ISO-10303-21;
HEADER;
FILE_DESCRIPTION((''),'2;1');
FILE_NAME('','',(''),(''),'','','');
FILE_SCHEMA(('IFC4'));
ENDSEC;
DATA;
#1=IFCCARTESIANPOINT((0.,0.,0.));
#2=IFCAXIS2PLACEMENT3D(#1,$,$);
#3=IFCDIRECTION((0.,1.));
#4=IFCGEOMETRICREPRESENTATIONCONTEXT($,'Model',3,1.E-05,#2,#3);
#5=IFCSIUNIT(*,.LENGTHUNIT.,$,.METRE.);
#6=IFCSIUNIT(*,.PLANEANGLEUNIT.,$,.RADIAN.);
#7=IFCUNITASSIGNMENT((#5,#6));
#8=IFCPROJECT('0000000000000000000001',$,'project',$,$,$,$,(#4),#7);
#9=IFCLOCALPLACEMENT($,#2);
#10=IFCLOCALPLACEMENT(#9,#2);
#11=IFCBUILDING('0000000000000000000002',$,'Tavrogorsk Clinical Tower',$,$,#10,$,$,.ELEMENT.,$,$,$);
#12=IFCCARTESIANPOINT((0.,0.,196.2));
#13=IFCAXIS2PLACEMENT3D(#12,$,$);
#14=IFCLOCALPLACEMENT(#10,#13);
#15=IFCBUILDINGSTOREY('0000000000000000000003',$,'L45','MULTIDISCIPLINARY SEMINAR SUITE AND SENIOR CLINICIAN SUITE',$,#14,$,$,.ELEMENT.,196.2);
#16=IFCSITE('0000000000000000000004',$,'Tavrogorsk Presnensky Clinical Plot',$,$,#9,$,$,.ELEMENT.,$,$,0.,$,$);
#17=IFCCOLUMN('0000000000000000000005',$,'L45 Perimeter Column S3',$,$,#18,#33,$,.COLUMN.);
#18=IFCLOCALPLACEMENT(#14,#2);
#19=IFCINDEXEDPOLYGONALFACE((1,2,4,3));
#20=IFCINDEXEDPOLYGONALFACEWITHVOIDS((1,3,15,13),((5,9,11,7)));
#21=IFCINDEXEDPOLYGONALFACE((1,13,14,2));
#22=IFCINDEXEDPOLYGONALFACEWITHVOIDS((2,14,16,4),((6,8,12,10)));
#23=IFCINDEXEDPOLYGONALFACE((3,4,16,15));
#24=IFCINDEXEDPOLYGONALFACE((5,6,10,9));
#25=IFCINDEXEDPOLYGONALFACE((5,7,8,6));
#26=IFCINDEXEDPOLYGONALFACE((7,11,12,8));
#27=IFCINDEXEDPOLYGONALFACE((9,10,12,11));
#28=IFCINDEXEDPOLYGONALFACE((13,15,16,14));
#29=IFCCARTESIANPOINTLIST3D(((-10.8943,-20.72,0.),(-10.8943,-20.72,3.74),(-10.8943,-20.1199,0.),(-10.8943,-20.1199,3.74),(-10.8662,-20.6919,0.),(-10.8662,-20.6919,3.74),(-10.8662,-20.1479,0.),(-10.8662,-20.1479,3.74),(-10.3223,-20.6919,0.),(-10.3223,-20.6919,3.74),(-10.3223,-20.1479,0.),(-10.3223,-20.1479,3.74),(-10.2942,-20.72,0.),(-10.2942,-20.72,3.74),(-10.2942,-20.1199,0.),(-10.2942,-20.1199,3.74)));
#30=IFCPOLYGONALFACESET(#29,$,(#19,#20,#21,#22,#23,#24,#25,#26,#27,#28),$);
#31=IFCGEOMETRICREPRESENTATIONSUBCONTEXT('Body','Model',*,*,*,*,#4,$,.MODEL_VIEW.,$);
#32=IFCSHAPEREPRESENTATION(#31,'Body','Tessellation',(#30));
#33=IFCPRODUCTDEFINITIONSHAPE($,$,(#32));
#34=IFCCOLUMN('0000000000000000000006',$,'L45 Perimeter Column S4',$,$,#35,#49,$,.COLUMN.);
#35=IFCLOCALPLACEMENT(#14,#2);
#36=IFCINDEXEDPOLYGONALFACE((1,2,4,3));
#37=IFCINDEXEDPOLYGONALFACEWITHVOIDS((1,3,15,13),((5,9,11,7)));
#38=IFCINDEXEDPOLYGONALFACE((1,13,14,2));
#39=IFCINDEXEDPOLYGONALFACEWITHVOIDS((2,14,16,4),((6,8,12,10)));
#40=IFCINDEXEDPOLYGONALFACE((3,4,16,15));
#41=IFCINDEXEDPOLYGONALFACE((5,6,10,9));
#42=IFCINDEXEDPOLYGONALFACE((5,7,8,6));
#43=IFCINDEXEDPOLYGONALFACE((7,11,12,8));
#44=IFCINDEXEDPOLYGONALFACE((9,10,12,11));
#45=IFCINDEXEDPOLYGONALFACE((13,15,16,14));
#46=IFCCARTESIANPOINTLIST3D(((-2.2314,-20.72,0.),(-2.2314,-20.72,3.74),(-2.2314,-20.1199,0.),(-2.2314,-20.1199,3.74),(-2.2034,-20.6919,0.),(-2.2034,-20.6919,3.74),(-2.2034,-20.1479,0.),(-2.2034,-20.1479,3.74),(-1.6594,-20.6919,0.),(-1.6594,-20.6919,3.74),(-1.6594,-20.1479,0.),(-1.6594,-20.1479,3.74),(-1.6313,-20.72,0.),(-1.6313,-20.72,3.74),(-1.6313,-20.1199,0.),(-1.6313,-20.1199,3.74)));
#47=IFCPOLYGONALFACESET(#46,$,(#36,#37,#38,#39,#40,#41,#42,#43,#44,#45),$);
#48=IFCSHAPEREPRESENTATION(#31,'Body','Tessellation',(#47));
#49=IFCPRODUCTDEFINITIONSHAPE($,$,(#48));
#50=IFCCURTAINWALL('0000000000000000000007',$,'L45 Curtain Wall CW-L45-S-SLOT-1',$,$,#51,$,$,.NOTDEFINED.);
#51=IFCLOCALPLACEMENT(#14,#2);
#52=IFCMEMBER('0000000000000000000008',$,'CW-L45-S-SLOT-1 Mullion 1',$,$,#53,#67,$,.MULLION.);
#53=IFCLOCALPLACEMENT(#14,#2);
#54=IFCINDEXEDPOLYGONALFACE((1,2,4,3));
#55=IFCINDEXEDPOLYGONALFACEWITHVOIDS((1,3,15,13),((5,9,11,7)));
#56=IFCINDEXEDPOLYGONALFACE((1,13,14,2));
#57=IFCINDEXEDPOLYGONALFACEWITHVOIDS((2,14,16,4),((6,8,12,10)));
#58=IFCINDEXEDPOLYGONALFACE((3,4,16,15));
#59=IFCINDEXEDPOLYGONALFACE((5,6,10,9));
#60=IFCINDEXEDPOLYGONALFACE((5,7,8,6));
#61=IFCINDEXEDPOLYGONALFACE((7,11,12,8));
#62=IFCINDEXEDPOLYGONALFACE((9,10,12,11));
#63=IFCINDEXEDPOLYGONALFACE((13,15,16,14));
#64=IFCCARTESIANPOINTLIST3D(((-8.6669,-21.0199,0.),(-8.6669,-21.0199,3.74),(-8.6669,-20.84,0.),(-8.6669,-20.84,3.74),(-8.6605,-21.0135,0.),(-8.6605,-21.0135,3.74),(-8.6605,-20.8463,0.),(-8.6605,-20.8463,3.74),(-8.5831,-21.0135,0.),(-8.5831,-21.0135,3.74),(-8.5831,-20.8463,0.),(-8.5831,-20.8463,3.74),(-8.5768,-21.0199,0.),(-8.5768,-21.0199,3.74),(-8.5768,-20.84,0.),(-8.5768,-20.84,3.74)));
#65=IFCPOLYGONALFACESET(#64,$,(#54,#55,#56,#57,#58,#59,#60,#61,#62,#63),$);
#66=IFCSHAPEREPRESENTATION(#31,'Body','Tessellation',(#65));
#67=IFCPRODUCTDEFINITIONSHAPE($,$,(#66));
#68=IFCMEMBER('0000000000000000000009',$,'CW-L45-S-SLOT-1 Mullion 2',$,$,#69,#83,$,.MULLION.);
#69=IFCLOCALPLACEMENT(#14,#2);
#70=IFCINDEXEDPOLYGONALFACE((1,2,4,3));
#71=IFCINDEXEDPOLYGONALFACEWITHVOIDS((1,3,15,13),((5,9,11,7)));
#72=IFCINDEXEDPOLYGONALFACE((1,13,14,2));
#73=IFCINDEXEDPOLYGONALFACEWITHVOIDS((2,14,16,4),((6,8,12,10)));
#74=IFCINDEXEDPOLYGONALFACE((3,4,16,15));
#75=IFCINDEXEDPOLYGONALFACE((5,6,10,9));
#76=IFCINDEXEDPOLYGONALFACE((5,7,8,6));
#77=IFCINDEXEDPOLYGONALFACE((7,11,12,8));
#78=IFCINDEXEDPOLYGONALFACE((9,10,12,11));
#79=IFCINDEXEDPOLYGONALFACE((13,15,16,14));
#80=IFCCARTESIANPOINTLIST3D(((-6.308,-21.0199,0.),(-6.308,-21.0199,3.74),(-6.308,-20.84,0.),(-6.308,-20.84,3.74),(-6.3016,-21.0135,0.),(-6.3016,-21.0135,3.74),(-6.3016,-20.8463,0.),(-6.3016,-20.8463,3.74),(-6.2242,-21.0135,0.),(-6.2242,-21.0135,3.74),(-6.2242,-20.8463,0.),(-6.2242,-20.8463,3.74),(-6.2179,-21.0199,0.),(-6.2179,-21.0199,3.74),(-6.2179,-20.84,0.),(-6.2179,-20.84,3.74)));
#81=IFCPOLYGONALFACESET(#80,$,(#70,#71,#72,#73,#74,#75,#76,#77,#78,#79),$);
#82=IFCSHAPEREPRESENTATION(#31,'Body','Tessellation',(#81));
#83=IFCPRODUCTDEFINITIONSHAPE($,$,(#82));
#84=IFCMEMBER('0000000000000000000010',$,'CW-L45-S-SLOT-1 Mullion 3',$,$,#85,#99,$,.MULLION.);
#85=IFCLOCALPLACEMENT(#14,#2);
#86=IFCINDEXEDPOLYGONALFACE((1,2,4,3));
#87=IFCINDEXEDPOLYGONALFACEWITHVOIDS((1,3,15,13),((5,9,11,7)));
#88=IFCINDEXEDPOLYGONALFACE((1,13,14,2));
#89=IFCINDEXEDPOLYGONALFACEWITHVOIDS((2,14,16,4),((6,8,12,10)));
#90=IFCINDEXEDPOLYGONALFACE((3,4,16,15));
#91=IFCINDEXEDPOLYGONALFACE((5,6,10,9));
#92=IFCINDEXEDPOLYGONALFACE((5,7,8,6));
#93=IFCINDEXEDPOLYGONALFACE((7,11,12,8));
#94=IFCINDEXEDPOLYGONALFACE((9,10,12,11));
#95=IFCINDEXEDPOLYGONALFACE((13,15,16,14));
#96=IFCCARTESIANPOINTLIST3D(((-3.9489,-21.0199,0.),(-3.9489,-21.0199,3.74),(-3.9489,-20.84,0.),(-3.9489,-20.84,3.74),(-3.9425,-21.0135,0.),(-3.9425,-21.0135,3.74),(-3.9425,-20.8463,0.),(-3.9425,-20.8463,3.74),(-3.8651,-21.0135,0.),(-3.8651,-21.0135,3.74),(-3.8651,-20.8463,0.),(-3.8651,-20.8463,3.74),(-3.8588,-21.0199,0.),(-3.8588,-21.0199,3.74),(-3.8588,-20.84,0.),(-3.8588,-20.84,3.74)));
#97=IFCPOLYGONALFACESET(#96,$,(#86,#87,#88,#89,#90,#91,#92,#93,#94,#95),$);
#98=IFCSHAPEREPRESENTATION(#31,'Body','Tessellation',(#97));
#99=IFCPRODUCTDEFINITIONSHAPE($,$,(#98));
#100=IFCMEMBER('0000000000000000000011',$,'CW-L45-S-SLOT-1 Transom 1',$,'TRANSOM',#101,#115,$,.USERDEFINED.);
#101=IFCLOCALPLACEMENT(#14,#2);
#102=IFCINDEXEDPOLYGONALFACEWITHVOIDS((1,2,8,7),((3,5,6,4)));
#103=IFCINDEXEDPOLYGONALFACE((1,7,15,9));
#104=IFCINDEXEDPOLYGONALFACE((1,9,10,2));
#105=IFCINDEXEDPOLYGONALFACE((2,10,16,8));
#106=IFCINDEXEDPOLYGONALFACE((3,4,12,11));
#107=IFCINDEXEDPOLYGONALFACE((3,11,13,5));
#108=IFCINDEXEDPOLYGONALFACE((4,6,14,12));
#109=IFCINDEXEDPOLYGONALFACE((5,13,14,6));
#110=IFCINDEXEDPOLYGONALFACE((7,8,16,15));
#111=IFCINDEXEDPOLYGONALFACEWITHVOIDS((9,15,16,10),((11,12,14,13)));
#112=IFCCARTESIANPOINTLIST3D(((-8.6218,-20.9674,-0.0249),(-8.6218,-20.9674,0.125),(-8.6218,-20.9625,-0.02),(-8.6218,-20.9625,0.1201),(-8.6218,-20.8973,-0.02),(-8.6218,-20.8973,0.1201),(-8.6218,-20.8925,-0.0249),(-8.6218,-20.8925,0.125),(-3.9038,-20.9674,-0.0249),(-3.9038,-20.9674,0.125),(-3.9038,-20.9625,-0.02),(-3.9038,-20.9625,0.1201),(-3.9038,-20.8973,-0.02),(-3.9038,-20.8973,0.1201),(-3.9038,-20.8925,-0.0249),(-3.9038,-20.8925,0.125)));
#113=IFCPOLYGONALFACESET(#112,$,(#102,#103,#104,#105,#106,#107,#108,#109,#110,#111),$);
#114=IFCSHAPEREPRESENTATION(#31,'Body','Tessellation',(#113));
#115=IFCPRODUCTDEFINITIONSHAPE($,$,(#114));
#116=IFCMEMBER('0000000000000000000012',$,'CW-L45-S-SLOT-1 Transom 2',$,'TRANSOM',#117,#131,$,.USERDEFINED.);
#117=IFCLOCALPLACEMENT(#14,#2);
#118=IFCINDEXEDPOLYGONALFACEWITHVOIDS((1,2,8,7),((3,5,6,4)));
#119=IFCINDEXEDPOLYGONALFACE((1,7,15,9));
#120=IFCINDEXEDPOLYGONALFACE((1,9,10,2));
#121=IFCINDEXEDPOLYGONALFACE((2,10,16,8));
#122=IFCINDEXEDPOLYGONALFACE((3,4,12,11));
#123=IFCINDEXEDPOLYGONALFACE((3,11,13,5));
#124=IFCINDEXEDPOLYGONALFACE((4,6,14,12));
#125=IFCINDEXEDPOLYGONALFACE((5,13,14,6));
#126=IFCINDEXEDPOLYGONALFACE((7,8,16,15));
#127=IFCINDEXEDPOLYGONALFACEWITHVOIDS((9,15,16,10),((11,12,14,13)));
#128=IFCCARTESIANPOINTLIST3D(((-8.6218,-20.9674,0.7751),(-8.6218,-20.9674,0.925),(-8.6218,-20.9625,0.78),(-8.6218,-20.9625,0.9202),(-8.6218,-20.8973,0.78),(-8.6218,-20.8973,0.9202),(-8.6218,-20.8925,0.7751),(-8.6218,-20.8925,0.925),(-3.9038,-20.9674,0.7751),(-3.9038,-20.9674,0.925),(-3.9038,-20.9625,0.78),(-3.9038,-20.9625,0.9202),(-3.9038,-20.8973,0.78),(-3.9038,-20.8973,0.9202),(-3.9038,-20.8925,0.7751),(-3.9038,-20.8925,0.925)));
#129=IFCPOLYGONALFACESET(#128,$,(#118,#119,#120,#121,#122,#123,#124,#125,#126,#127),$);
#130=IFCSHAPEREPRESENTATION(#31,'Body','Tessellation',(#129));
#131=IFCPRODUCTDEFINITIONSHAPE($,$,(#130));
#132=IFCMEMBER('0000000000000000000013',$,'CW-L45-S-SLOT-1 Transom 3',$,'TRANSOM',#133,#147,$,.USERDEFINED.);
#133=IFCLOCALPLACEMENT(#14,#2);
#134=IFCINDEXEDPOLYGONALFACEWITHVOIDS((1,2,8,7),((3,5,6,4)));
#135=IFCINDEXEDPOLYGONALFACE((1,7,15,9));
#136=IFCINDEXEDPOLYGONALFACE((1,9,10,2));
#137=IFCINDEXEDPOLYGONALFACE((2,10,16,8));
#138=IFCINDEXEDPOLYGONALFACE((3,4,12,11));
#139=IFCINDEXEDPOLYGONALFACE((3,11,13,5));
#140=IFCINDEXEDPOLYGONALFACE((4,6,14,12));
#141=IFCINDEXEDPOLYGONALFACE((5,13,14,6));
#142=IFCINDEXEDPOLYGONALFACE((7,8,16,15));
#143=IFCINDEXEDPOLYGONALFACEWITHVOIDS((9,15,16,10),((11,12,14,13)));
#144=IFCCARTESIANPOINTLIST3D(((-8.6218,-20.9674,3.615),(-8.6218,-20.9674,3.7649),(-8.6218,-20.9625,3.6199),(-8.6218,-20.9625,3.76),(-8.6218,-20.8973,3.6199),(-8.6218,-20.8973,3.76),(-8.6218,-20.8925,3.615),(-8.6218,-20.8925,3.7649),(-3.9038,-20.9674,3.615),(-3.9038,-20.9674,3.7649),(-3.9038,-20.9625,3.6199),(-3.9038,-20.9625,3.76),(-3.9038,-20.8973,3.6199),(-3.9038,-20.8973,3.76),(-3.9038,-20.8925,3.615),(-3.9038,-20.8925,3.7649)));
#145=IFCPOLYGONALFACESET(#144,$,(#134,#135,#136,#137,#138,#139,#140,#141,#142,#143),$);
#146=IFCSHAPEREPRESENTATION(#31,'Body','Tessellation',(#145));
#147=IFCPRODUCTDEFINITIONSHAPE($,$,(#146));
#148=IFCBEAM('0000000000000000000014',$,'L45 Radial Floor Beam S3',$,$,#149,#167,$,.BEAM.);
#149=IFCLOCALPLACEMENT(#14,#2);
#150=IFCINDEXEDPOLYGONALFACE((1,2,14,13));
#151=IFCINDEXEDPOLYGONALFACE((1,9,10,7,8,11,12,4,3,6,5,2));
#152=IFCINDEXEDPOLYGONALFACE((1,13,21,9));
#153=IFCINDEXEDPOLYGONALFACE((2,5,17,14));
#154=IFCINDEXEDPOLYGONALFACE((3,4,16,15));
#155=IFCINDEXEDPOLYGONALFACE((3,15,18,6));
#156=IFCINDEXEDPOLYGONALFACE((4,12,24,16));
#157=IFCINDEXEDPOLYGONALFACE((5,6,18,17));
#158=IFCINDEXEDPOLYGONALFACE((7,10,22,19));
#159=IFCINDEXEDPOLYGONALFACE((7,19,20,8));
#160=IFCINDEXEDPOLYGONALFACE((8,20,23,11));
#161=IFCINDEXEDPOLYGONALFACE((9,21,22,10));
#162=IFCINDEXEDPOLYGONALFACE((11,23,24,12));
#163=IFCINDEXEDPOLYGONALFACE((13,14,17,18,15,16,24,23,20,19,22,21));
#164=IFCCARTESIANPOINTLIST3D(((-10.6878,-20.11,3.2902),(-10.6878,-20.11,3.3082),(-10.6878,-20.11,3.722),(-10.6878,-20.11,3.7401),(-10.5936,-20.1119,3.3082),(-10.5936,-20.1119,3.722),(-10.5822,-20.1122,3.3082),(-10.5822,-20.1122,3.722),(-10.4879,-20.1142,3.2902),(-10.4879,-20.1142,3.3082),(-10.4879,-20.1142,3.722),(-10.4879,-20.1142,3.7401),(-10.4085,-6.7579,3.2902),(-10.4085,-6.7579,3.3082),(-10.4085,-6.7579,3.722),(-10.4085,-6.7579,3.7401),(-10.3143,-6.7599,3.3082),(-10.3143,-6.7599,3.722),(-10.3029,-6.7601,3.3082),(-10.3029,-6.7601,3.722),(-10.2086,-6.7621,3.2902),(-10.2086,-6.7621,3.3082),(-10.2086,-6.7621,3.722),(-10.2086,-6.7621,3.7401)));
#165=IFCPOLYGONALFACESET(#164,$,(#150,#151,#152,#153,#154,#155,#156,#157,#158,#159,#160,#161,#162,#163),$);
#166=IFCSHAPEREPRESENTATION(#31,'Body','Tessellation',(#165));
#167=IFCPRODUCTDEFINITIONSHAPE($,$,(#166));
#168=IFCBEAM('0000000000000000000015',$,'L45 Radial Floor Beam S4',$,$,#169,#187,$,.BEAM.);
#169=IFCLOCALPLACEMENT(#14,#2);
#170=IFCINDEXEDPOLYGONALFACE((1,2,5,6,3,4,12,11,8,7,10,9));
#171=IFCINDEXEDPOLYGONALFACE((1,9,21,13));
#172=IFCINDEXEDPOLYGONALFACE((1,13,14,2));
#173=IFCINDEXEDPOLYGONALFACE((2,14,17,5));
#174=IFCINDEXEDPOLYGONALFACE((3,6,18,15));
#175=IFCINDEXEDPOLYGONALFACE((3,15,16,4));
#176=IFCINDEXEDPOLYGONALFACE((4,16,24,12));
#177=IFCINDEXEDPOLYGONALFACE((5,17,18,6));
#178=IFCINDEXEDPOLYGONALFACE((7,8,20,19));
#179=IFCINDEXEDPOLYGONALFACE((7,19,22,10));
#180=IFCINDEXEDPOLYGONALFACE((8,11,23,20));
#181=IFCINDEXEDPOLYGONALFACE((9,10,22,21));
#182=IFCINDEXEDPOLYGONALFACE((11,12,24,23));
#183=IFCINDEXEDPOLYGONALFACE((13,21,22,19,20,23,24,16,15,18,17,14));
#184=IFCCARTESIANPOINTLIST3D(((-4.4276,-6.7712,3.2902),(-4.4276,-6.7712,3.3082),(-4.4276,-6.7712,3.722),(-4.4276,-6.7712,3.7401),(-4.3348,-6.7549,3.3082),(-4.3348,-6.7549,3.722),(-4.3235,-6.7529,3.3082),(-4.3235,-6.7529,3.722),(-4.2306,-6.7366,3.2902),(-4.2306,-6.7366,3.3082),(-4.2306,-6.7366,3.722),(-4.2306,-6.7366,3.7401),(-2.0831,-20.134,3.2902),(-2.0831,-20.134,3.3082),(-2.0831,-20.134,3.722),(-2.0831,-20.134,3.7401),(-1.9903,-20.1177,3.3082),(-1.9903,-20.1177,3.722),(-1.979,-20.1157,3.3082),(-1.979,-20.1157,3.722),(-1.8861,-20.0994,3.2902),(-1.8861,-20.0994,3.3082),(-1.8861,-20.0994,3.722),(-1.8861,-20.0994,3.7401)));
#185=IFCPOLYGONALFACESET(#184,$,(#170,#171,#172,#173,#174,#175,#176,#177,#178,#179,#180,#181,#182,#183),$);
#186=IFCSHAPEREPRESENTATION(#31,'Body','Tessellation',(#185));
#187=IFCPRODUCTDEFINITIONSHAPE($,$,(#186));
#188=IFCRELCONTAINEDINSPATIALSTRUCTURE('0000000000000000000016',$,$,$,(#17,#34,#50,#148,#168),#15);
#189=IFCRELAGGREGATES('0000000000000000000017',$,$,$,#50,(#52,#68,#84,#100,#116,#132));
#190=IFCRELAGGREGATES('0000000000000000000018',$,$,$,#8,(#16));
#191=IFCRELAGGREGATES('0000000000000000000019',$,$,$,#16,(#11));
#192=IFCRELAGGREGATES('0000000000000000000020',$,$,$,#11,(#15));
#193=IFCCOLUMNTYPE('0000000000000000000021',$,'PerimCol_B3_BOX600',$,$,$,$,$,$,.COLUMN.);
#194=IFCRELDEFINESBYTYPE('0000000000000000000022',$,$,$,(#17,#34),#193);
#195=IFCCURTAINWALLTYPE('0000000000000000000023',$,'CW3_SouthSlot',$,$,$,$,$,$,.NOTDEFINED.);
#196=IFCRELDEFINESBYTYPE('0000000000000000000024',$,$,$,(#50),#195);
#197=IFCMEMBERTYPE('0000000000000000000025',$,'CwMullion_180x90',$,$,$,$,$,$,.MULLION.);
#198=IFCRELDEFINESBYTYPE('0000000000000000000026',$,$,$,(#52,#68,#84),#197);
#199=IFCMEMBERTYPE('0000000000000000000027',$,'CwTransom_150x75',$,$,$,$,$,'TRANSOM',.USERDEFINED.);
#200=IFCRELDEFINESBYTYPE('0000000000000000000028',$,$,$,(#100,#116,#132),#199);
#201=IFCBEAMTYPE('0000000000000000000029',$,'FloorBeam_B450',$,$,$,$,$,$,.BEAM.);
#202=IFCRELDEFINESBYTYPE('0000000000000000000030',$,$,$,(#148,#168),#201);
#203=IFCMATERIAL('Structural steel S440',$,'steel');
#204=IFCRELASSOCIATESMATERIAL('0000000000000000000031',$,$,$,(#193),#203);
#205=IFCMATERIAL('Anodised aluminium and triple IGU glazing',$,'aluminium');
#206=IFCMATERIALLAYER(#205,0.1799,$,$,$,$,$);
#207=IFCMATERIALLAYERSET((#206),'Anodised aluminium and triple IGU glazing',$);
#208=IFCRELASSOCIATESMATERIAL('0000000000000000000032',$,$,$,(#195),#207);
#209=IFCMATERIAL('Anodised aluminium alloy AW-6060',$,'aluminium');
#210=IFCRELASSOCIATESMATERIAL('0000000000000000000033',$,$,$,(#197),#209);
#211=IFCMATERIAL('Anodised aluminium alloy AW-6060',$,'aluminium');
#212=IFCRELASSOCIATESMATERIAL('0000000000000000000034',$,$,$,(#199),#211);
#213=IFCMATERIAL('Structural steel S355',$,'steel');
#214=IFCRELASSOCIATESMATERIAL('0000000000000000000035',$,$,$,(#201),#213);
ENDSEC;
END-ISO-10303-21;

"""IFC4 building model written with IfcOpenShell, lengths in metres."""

from ifc_helpers import new_model, si_unit, direction, frame, origin, origin_2d, place, context, subcontext, project, spatial, hollow_rectangle, i_section, extrude, material, layer, layer_set, material_profile, profile_set, type_object, element, aggregate, save


model = new_model("IFC4")

# Units and contexts
model_context = context("Model", 3, precision=1e-05, world=origin(), true_north=direction((0.0, 1.0)))
body_context = subcontext(model_context, "Body", "Model", "MODEL_VIEW")
ifc_project = project(units=[si_unit("LENGTHUNIT", "METRE"), si_unit("PLANEANGLEUNIT", "RADIAN")], contexts=[model_context])

# Site, building, storey
site_placement = place(None, origin())
site = spatial("IfcSite", under=ifc_project, at=site_placement, Name="Tavrogorsk Presnensky Clinical Plot", CompositionType="ELEMENT", RefElevation=0.0)
building_placement = place(site_placement, origin())
building = spatial("IfcBuilding", under=site, at=building_placement, Name="Tavrogorsk Clinical Tower", CompositionType="ELEMENT")
storey_placement = place(building_placement, frame((0.0, 0.0, 196.2)))
storey = spatial("IfcBuildingStorey", under=building, at=storey_placement, Name="L45", Description="MULTIDISCIPLINARY SEMINAR SUITE AND SENIOR CLINICIAN SUITE", CompositionType="ELEMENT", Elevation=196.2)

# Columns
ifc_material_1 = material(Name="Structural steel S440", Category="steel")
ifc_material_profile_1 = material_profile(ifc_material_1, hollow_rectangle(XDim=0.6001, YDim=0.6001, WallThickness=0.0281, at=origin_2d()), Name="BOX-600x600x28")
ifc_profile_set_1 = profile_set([ifc_material_profile_1], Name="Structural steel S440")
column_type = type_object("IfcColumnType", Name="PerimCol_B3_BOX600", PredefinedType="COLUMN", material=ifc_profile_set_1)
for number, where, z_axis, x_axis, name in (
    (1, (-10.5942, -20.4199, 0.0), (0.0, 0.0, 1.0), (1.0, 0.0, 0.0), "L45 Perimeter Column S3"),
    (2, (-1.9314, -20.4199, 0.0), (0.0, 0.0, 1.0), (1.0, 0.0, 0.0), "L45 Perimeter Column S4"),
):
    element("IfcColumn", number, at=place(storey_placement, frame(where, z_axis=z_axis, x_axis=x_axis)), inside=storey, type_object=column_type, Name=name, PredefinedType="COLUMN", context=body_context, shape_type="SweptSolid", body=[
        extrude(hollow_rectangle(XDim=0.6001, YDim=0.6001, WallThickness=0.0281, at=origin_2d()), origin(), (0.0, 0.0, 1.0), 3.74),
    ])

# Curtain wall, members
ifc_material_2 = material(Name="Anodised aluminium and triple IGU glazing", Category="aluminium")
ifc_layer_1 = layer(ifc_material_2, 0.1799)
ifc_layer_set_1 = layer_set([ifc_layer_1], Name="Anodised aluminium and triple IGU glazing")
curtain_wall_type = type_object("IfcCurtainWallType", Name="CW3_SouthSlot", PredefinedType="NOTDEFINED", material=ifc_layer_set_1)
curtain_wall_placement = place(storey_placement, origin())
curtain_wall = element("IfcCurtainWall", 3, at=curtain_wall_placement, inside=storey, type_object=curtain_wall_type, Name="L45 Curtain Wall CW-L45-S-SLOT-1", PredefinedType="NOTDEFINED")
ifc_material_3 = material(Name="Anodised aluminium alloy AW-6060", Category="aluminium")
ifc_material_profile_2 = material_profile(ifc_material_3, hollow_rectangle(XDim=0.0901, YDim=0.1799, WallThickness=0.0063, at=origin_2d()), Name="RHS-180x90x6.3")
ifc_profile_set_2 = profile_set([ifc_material_profile_2], Name="Anodised aluminium alloy AW-6060")
member_type_1 = type_object("IfcMemberType", Name="CwMullion_180x90", PredefinedType="MULLION", material=ifc_profile_set_2)
member_1_placement = place(storey_placement, frame((-8.6218, -20.9299, 0.0), z_axis=(0.0, 0.0, 1.0), x_axis=(1.0, 0.0, 0.0)))
member_1 = element("IfcMember", 4, at=member_1_placement, type_object=member_type_1, Name="CW-L45-S-SLOT-1 Mullion 1", PredefinedType="MULLION", context=body_context, shape_type="SweptSolid", body=[
    extrude(hollow_rectangle(XDim=0.0901, YDim=0.1799, WallThickness=0.0063, at=origin_2d()), origin(), (0.0, 0.0, 1.0), 3.74),
])
member_2_placement = place(storey_placement, frame((-6.2629, -20.9299, 0.0), z_axis=(0.0, 0.0, 1.0), x_axis=(1.0, 0.0, 0.0)))
member_2 = element("IfcMember", 5, at=member_2_placement, type_object=member_type_1, Name="CW-L45-S-SLOT-1 Mullion 2", PredefinedType="MULLION", context=body_context, shape_type="SweptSolid", body=[
    extrude(hollow_rectangle(XDim=0.0901, YDim=0.1799, WallThickness=0.0063, at=origin_2d()), origin(), (0.0, 0.0, 1.0), 3.74),
])
member_3_placement = place(storey_placement, frame((-3.9038, -20.9299, 0.0), z_axis=(0.0, 0.0, 1.0), x_axis=(1.0, 0.0, 0.0)))
member_3 = element("IfcMember", 6, at=member_3_placement, type_object=member_type_1, Name="CW-L45-S-SLOT-1 Mullion 3", PredefinedType="MULLION", context=body_context, shape_type="SweptSolid", body=[
    extrude(hollow_rectangle(XDim=0.0901, YDim=0.1799, WallThickness=0.0063, at=origin_2d()), origin(), (0.0, 0.0, 1.0), 3.74),
])
ifc_material_4 = material(Name="Anodised aluminium alloy AW-6060", Category="aluminium")
ifc_material_profile_3 = material_profile(ifc_material_4, hollow_rectangle(XDim=0.075, YDim=0.1499, WallThickness=0.0049, at=origin_2d()), Name="RHS-150x75x5")
ifc_profile_set_3 = profile_set([ifc_material_profile_3], Name="Anodised aluminium alloy AW-6060")
member_type_2 = type_object("IfcMemberType", Name="CwTransom_150x75", ElementType="TRANSOM", PredefinedType="USERDEFINED", material=ifc_profile_set_3)
member_4_placement = place(storey_placement, frame((-8.6218, -20.9299, 0.05), z_axis=(1.0, 0.0, 0.0), x_axis=(0.0, 1.0, 0.0)))
member_4 = element("IfcMember", 7, at=member_4_placement, type_object=member_type_2, Name="CW-L45-S-SLOT-1 Transom 1", ObjectType="TRANSOM", PredefinedType="USERDEFINED", context=body_context, shape_type="SweptSolid", body=[
    extrude(hollow_rectangle(XDim=0.075, YDim=0.1499, WallThickness=0.0049, at=origin_2d()), origin(), (0.0, 0.0, 1.0), 4.718),
])
member_5_placement = place(storey_placement, frame((-8.6218, -20.9299, 0.8501), z_axis=(1.0, 0.0, 0.0), x_axis=(0.0, 1.0, 0.0)))
member_5 = element("IfcMember", 8, at=member_5_placement, type_object=member_type_2, Name="CW-L45-S-SLOT-1 Transom 2", ObjectType="TRANSOM", PredefinedType="USERDEFINED", context=body_context, shape_type="SweptSolid", body=[
    extrude(hollow_rectangle(XDim=0.075, YDim=0.1499, WallThickness=0.0049, at=origin_2d()), origin(), (0.0, 0.0, 1.0), 4.718),
])
member_6_placement = place(storey_placement, frame((-8.6218, -20.9299, 3.6899), z_axis=(1.0, 0.0, 0.0), x_axis=(0.0, 1.0, 0.0)))
member_6 = element("IfcMember", 9, at=member_6_placement, type_object=member_type_2, Name="CW-L45-S-SLOT-1 Transom 3", ObjectType="TRANSOM", PredefinedType="USERDEFINED", context=body_context, shape_type="SweptSolid", body=[
    extrude(hollow_rectangle(XDim=0.075, YDim=0.1499, WallThickness=0.0049, at=origin_2d()), origin(), (0.0, 0.0, 1.0), 4.718),
])

# Beams
ifc_material_5 = material(Name="Structural steel S355", Category="steel")
ifc_material_profile_4 = material_profile(ifc_material_5, i_section(OverallWidth=0.2, OverallDepth=0.45, WebThickness=0.0115, FlangeThickness=0.0181, at=origin_2d()), Name="B-450x200x11.5x18")
ifc_profile_set_4 = profile_set([ifc_material_profile_4], Name="Structural steel S355")
beam_type_1 = type_object("IfcBeamType", Name="FloorBeam_B450", PredefinedType="BEAM", material=ifc_profile_set_4)
beam_1_placement = place(storey_placement, frame((-10.3086, -6.76, 3.5151), z_axis=(-0.020913, -0.999781, 0.0), x_axis=(0.999781, -0.020913, 0.0)))
element("IfcBeam", 10, at=beam_1_placement, inside=storey, type_object=beam_type_1, Name="L45 Radial Floor Beam S3", PredefinedType="BEAM", context=body_context, shape_type="SweptSolid", body=[
    extrude(i_section(OverallWidth=0.2, OverallDepth=0.45, WebThickness=0.0115, FlangeThickness=0.0181, at=origin_2d()), origin(), (0.0, 0.0, 1.0), 13.355),
])
beam_2_placement = place(storey_placement, frame((-4.3291, -6.7539, 3.5151), z_axis=(0.172809, -0.984955, 0.0), x_axis=(0.984955, 0.172809, 0.0)))
element("IfcBeam", 11, at=beam_2_placement, inside=storey, type_object=beam_type_1, Name="L45 Radial Floor Beam S4", PredefinedType="BEAM", context=body_context, shape_type="SweptSolid", body=[
    extrude(i_section(OverallWidth=0.2, OverallDepth=0.45, WebThickness=0.0115, FlangeThickness=0.0181, at=origin_2d()), origin(), (0.0, 0.0, 1.0), 13.5669),
])

aggregate(curtain_wall, [member_1, member_2, member_3, member_4, member_5, member_6])

save(model, "model.ifc")
